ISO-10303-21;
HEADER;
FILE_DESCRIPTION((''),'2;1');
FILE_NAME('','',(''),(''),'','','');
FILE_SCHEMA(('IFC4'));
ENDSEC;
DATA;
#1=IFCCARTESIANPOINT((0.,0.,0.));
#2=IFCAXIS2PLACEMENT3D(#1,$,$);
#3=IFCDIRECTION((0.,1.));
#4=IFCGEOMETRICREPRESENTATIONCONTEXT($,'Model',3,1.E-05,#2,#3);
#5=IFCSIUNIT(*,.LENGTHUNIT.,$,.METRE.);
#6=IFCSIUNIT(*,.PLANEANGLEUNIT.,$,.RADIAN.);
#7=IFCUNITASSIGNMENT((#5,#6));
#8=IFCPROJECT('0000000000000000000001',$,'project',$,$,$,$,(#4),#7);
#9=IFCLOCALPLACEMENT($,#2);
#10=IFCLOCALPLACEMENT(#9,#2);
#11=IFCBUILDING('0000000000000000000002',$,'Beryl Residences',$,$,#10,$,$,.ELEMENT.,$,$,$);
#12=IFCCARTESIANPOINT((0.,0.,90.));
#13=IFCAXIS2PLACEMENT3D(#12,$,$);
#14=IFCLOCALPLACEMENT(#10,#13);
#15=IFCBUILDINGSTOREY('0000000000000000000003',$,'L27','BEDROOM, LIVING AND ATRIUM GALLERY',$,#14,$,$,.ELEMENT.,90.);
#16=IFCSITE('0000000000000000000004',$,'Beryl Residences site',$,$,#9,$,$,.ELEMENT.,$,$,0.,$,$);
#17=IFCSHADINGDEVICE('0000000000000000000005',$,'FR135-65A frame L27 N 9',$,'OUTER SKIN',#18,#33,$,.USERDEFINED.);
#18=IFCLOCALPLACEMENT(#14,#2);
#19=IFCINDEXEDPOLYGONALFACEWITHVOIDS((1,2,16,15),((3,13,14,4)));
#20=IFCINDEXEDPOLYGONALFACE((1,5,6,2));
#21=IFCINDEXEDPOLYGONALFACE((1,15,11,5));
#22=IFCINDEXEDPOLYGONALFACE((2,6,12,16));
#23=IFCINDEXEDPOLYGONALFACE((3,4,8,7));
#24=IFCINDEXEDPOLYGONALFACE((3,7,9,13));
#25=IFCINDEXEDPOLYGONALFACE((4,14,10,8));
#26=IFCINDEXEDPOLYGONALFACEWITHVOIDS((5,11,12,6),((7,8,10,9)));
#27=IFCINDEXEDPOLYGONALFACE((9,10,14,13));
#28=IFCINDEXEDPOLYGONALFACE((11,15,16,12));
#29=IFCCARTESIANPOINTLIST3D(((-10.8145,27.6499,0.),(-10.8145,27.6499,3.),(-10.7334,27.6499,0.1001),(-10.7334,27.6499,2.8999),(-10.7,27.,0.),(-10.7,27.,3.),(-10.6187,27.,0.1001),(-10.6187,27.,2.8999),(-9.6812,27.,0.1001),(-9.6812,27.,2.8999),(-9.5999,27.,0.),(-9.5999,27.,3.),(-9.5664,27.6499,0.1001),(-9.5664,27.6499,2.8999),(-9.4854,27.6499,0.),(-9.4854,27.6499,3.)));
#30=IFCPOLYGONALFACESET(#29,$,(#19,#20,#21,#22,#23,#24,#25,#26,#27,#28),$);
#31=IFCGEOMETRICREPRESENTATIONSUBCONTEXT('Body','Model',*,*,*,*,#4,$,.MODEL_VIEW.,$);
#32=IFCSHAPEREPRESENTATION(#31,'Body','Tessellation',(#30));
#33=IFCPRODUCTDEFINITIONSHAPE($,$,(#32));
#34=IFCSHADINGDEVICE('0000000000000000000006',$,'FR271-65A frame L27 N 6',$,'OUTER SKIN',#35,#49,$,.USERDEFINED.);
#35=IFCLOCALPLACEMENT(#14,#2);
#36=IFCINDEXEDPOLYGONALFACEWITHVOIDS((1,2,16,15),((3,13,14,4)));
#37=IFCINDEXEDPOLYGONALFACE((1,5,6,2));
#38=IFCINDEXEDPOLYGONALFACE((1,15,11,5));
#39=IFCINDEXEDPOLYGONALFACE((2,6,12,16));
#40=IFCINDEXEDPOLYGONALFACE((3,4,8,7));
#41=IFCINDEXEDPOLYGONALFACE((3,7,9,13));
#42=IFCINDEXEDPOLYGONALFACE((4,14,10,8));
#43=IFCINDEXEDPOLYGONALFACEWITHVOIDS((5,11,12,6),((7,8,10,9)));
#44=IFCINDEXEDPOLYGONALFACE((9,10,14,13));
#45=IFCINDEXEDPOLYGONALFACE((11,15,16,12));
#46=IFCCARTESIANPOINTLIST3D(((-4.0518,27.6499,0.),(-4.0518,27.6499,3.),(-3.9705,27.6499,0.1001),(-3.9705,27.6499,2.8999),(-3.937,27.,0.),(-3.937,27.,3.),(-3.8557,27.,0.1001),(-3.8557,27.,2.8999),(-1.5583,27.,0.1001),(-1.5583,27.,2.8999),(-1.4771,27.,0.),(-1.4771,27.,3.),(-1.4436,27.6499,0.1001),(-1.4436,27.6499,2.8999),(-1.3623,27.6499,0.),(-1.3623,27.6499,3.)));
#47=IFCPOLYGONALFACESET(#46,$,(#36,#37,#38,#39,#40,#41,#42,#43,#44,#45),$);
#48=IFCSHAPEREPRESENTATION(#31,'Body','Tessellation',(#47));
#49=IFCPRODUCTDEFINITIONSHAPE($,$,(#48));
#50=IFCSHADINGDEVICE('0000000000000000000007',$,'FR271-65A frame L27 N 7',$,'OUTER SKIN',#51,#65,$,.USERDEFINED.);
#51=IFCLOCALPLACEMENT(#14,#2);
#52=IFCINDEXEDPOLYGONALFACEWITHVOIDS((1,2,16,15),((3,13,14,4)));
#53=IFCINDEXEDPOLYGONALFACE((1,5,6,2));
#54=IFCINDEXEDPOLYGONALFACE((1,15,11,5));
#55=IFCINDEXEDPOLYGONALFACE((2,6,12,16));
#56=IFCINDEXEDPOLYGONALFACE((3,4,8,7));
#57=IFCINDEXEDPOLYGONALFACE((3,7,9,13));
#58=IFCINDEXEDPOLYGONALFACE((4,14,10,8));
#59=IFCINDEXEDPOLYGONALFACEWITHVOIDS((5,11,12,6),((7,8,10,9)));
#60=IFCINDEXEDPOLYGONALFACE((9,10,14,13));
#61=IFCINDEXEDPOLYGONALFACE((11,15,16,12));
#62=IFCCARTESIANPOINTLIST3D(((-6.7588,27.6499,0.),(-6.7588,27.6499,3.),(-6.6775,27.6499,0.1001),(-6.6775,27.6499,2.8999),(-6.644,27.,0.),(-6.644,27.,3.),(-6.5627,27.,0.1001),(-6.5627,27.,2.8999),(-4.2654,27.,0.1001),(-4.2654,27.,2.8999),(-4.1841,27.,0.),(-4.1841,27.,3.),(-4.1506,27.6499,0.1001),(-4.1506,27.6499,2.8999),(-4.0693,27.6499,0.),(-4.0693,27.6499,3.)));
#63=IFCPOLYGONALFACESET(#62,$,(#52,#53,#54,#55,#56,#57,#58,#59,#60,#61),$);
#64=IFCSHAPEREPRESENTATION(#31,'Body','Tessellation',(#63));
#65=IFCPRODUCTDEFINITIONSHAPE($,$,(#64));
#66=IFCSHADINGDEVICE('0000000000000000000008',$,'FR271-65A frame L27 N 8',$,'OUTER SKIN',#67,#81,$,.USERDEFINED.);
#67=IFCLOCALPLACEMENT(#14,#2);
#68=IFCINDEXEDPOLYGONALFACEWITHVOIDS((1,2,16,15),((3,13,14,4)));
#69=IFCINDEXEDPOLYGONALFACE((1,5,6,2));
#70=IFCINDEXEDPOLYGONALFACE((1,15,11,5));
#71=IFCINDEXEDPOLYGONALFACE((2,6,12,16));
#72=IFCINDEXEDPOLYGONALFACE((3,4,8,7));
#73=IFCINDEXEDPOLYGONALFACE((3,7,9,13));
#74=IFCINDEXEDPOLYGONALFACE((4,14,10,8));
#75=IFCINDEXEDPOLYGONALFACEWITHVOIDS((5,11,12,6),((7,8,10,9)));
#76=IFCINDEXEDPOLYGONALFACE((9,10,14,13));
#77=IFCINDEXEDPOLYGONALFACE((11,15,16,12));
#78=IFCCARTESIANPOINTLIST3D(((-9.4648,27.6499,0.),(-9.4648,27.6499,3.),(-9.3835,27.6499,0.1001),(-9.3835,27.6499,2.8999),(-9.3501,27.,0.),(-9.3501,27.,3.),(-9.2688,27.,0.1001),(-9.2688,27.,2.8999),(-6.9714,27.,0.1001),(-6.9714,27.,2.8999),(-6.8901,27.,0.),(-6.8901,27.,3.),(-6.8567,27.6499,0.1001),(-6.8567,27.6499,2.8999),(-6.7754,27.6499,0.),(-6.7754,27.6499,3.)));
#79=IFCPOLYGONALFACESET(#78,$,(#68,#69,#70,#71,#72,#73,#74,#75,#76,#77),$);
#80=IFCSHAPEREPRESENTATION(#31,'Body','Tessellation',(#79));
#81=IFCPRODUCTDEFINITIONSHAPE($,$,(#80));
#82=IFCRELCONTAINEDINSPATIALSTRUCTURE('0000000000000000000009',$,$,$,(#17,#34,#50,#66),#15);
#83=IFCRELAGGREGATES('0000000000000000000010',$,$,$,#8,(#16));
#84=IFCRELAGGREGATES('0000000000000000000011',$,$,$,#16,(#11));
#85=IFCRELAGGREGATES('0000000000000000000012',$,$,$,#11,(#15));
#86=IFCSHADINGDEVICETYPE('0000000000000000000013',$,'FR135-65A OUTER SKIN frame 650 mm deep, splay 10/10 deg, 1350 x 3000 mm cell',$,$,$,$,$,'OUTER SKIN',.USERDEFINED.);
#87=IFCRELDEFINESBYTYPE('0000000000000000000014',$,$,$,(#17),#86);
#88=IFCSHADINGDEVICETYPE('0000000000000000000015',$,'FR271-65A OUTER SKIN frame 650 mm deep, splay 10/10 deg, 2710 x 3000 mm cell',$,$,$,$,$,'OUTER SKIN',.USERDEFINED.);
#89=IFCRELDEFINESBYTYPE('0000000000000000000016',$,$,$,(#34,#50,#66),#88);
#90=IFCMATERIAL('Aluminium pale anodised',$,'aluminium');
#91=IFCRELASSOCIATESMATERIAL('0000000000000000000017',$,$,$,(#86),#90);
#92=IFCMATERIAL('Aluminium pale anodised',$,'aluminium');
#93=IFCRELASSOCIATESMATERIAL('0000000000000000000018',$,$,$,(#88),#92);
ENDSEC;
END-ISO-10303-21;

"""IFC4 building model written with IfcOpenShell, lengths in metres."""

from ifc_helpers import new_model, entity, si_unit, direction, frame, origin, place, context, subcontext, project, spatial, source, transform, mapped, material, type_object, type_shapes, element, save


model = new_model("IFC4")

# Units and contexts
model_context = context("Model", 3, precision=1e-05, world=origin(), true_north=direction((0.0, 1.0)))
body_context = subcontext(model_context, "Body", "Model", "MODEL_VIEW")
ifc_project = project(units=[si_unit("LENGTHUNIT", "METRE"), si_unit("PLANEANGLEUNIT", "RADIAN")], contexts=[model_context])

# Site, building, storey
site_placement = place(None, origin())
site = spatial("IfcSite", under=ifc_project, at=site_placement, Name="Beryl Residences site", CompositionType="ELEMENT", RefElevation=0.0)
building_placement = place(site_placement, origin())
building = spatial("IfcBuilding", under=site, at=building_placement, Name="Beryl Residences", CompositionType="ELEMENT")
storey_placement = place(building_placement, frame((0.0, 0.0, 90.0)))
storey = spatial("IfcBuildingStorey", under=building, at=storey_placement, Name="L27", Description="BEDROOM, LIVING AND ATRIUM GALLERY", CompositionType="ELEMENT", Elevation=90.0)

# Shading devices
ifc_material_1 = material(Name="Aluminium pale anodised", Category="aluminium")
shading_device_type_1 = type_object("IfcShadingDeviceType", Name="FR135-65A OUTER SKIN frame 650 mm deep, splay 10/10 deg, 1350 x 3000 mm cell", ElementType="OUTER SKIN", PredefinedType="USERDEFINED", material=ifc_material_1)
cartesian_point_1 = entity("IfcCartesianPoint", [-0.55, 0.0])
cartesian_point_2 = entity("IfcCartesianPoint", [-0.4688, 0.1001])
cartesian_point_3 = entity("IfcCartesianPoint", [-0.6646, 0.0])
cartesian_point_4 = entity("IfcCartesianPoint", [-0.5835, 0.1001])
shared_shape_1 = source(origin(), body_context, "Body", "SweptSolid", [
    entity("IfcExtrudedAreaSolidTapered", entity("IfcArbitraryProfileDefWithVoids", "AREA", None, entity("IfcPolyline", [cartesian_point_1, entity("IfcCartesianPoint", [0.55, 0.0]), entity("IfcCartesianPoint", [0.55, 3.0]), entity("IfcCartesianPoint", [-0.55, 3.0]), cartesian_point_1]), [entity("IfcPolyline", [cartesian_point_2, entity("IfcCartesianPoint", [0.4688, 0.1001]), entity("IfcCartesianPoint", [0.4688, 2.8999]), entity("IfcCartesianPoint", [-0.4688, 2.8999]), cartesian_point_2])]), entity("IfcAxis2Placement3D", entity("IfcCartesianPoint", [0.0, 0.0, 0.0]), entity("IfcDirection", [0.0, 1.0, 0.0]), entity("IfcDirection", [-1.0, 0.0, 0.0])), entity("IfcDirection", [0.0, 0.0, 1.0]), 0.6499, entity("IfcArbitraryProfileDefWithVoids", "AREA", None, entity("IfcPolyline", [cartesian_point_3, entity("IfcCartesianPoint", [0.6646, 0.0]), entity("IfcCartesianPoint", [0.6646, 3.0]), entity("IfcCartesianPoint", [-0.6646, 3.0]), cartesian_point_3]), [entity("IfcPolyline", [cartesian_point_4, entity("IfcCartesianPoint", [0.5835, 0.1001]), entity("IfcCartesianPoint", [0.5835, 2.8999]), entity("IfcCartesianPoint", [-0.5835, 2.8999]), cartesian_point_4])])),
])
type_shapes(shading_device_type_1, [shared_shape_1])
shading_device_placement = place(storey_placement, frame((-10.1499, 27.0, 0.0), z_axis=(0.0, 0.0, 1.0), x_axis=(1.0, 0.0, 0.0)))
element("IfcShadingDevice", 1, at=shading_device_placement, inside=storey, type_object=shading_device_type_1, Name="FR135-65A frame L27 N 9", ObjectType="OUTER SKIN", PredefinedType="USERDEFINED", context=body_context, shape_type="MappedRepresentation", body=[
    mapped(shared_shape_1, transform((0.0, 0.0, 0.0))),
])
ifc_material_2 = material(Name="Aluminium pale anodised", Category="aluminium")
shading_device_type_2 = type_object("IfcShadingDeviceType", Name="FR271-65A OUTER SKIN frame 650 mm deep, splay 10/10 deg, 2710 x 3000 mm cell", ElementType="OUTER SKIN", PredefinedType="USERDEFINED", material=ifc_material_2)
cartesian_point_5 = entity("IfcCartesianPoint", [-1.23, 0.0])
cartesian_point_6 = entity("IfcCartesianPoint", [-1.1487, 0.1001])
cartesian_point_7 = entity("IfcCartesianPoint", [-1.3447, 0.0])
cartesian_point_8 = entity("IfcCartesianPoint", [-1.2634, 0.1001])
shared_shape_2 = source(origin(), body_context, "Body", "SweptSolid", [
    entity("IfcExtrudedAreaSolidTapered", entity("IfcArbitraryProfileDefWithVoids", "AREA", None, entity("IfcPolyline", [cartesian_point_5, entity("IfcCartesianPoint", [1.23, 0.0]), entity("IfcCartesianPoint", [1.23, 3.0]), entity("IfcCartesianPoint", [-1.23, 3.0]), cartesian_point_5]), [entity("IfcPolyline", [cartesian_point_6, entity("IfcCartesianPoint", [1.1487, 0.1001]), entity("IfcCartesianPoint", [1.1487, 2.8999]), entity("IfcCartesianPoint", [-1.1487, 2.8999]), cartesian_point_6])]), entity("IfcAxis2Placement3D", entity("IfcCartesianPoint", [0.0, 0.0, 0.0]), entity("IfcDirection", [0.0, 1.0, 0.0]), entity("IfcDirection", [-1.0, 0.0, 0.0])), entity("IfcDirection", [0.0, 0.0, 1.0]), 0.6499, entity("IfcArbitraryProfileDefWithVoids", "AREA", None, entity("IfcPolyline", [cartesian_point_7, entity("IfcCartesianPoint", [1.3447, 0.0]), entity("IfcCartesianPoint", [1.3447, 3.0]), entity("IfcCartesianPoint", [-1.3447, 3.0]), cartesian_point_7]), [entity("IfcPolyline", [cartesian_point_8, entity("IfcCartesianPoint", [1.2634, 0.1001]), entity("IfcCartesianPoint", [1.2634, 2.8999]), entity("IfcCartesianPoint", [-1.2634, 2.8999]), cartesian_point_8])])),
])
type_shapes(shading_device_type_2, [shared_shape_2])
for number, where, z_axis, x_axis, name in (
    (2, (-2.707, 27.0, 0.0), (0.0, 0.0, 1.0), (1.0, 0.0, 0.0), "FR271-65A frame L27 N 6"),
    (3, (-5.4141, 27.0, 0.0), (0.0, 0.0, 1.0), (1.0, 0.0, 0.0), "FR271-65A frame L27 N 7"),
    (4, (-8.1201, 27.0, 0.0), (0.0, 0.0, 1.0), (1.0, 0.0, 0.0), "FR271-65A frame L27 N 8"),
):
    element("IfcShadingDevice", number, at=place(storey_placement, frame(where, z_axis=z_axis, x_axis=x_axis)), inside=storey, type_object=shading_device_type_2, Name=name, ObjectType="OUTER SKIN", PredefinedType="USERDEFINED", context=body_context, shape_type="MappedRepresentation", body=[
        mapped(shared_shape_2, transform((0.0, 0.0, 0.0))),
    ])

save(model, "model.ifc")
